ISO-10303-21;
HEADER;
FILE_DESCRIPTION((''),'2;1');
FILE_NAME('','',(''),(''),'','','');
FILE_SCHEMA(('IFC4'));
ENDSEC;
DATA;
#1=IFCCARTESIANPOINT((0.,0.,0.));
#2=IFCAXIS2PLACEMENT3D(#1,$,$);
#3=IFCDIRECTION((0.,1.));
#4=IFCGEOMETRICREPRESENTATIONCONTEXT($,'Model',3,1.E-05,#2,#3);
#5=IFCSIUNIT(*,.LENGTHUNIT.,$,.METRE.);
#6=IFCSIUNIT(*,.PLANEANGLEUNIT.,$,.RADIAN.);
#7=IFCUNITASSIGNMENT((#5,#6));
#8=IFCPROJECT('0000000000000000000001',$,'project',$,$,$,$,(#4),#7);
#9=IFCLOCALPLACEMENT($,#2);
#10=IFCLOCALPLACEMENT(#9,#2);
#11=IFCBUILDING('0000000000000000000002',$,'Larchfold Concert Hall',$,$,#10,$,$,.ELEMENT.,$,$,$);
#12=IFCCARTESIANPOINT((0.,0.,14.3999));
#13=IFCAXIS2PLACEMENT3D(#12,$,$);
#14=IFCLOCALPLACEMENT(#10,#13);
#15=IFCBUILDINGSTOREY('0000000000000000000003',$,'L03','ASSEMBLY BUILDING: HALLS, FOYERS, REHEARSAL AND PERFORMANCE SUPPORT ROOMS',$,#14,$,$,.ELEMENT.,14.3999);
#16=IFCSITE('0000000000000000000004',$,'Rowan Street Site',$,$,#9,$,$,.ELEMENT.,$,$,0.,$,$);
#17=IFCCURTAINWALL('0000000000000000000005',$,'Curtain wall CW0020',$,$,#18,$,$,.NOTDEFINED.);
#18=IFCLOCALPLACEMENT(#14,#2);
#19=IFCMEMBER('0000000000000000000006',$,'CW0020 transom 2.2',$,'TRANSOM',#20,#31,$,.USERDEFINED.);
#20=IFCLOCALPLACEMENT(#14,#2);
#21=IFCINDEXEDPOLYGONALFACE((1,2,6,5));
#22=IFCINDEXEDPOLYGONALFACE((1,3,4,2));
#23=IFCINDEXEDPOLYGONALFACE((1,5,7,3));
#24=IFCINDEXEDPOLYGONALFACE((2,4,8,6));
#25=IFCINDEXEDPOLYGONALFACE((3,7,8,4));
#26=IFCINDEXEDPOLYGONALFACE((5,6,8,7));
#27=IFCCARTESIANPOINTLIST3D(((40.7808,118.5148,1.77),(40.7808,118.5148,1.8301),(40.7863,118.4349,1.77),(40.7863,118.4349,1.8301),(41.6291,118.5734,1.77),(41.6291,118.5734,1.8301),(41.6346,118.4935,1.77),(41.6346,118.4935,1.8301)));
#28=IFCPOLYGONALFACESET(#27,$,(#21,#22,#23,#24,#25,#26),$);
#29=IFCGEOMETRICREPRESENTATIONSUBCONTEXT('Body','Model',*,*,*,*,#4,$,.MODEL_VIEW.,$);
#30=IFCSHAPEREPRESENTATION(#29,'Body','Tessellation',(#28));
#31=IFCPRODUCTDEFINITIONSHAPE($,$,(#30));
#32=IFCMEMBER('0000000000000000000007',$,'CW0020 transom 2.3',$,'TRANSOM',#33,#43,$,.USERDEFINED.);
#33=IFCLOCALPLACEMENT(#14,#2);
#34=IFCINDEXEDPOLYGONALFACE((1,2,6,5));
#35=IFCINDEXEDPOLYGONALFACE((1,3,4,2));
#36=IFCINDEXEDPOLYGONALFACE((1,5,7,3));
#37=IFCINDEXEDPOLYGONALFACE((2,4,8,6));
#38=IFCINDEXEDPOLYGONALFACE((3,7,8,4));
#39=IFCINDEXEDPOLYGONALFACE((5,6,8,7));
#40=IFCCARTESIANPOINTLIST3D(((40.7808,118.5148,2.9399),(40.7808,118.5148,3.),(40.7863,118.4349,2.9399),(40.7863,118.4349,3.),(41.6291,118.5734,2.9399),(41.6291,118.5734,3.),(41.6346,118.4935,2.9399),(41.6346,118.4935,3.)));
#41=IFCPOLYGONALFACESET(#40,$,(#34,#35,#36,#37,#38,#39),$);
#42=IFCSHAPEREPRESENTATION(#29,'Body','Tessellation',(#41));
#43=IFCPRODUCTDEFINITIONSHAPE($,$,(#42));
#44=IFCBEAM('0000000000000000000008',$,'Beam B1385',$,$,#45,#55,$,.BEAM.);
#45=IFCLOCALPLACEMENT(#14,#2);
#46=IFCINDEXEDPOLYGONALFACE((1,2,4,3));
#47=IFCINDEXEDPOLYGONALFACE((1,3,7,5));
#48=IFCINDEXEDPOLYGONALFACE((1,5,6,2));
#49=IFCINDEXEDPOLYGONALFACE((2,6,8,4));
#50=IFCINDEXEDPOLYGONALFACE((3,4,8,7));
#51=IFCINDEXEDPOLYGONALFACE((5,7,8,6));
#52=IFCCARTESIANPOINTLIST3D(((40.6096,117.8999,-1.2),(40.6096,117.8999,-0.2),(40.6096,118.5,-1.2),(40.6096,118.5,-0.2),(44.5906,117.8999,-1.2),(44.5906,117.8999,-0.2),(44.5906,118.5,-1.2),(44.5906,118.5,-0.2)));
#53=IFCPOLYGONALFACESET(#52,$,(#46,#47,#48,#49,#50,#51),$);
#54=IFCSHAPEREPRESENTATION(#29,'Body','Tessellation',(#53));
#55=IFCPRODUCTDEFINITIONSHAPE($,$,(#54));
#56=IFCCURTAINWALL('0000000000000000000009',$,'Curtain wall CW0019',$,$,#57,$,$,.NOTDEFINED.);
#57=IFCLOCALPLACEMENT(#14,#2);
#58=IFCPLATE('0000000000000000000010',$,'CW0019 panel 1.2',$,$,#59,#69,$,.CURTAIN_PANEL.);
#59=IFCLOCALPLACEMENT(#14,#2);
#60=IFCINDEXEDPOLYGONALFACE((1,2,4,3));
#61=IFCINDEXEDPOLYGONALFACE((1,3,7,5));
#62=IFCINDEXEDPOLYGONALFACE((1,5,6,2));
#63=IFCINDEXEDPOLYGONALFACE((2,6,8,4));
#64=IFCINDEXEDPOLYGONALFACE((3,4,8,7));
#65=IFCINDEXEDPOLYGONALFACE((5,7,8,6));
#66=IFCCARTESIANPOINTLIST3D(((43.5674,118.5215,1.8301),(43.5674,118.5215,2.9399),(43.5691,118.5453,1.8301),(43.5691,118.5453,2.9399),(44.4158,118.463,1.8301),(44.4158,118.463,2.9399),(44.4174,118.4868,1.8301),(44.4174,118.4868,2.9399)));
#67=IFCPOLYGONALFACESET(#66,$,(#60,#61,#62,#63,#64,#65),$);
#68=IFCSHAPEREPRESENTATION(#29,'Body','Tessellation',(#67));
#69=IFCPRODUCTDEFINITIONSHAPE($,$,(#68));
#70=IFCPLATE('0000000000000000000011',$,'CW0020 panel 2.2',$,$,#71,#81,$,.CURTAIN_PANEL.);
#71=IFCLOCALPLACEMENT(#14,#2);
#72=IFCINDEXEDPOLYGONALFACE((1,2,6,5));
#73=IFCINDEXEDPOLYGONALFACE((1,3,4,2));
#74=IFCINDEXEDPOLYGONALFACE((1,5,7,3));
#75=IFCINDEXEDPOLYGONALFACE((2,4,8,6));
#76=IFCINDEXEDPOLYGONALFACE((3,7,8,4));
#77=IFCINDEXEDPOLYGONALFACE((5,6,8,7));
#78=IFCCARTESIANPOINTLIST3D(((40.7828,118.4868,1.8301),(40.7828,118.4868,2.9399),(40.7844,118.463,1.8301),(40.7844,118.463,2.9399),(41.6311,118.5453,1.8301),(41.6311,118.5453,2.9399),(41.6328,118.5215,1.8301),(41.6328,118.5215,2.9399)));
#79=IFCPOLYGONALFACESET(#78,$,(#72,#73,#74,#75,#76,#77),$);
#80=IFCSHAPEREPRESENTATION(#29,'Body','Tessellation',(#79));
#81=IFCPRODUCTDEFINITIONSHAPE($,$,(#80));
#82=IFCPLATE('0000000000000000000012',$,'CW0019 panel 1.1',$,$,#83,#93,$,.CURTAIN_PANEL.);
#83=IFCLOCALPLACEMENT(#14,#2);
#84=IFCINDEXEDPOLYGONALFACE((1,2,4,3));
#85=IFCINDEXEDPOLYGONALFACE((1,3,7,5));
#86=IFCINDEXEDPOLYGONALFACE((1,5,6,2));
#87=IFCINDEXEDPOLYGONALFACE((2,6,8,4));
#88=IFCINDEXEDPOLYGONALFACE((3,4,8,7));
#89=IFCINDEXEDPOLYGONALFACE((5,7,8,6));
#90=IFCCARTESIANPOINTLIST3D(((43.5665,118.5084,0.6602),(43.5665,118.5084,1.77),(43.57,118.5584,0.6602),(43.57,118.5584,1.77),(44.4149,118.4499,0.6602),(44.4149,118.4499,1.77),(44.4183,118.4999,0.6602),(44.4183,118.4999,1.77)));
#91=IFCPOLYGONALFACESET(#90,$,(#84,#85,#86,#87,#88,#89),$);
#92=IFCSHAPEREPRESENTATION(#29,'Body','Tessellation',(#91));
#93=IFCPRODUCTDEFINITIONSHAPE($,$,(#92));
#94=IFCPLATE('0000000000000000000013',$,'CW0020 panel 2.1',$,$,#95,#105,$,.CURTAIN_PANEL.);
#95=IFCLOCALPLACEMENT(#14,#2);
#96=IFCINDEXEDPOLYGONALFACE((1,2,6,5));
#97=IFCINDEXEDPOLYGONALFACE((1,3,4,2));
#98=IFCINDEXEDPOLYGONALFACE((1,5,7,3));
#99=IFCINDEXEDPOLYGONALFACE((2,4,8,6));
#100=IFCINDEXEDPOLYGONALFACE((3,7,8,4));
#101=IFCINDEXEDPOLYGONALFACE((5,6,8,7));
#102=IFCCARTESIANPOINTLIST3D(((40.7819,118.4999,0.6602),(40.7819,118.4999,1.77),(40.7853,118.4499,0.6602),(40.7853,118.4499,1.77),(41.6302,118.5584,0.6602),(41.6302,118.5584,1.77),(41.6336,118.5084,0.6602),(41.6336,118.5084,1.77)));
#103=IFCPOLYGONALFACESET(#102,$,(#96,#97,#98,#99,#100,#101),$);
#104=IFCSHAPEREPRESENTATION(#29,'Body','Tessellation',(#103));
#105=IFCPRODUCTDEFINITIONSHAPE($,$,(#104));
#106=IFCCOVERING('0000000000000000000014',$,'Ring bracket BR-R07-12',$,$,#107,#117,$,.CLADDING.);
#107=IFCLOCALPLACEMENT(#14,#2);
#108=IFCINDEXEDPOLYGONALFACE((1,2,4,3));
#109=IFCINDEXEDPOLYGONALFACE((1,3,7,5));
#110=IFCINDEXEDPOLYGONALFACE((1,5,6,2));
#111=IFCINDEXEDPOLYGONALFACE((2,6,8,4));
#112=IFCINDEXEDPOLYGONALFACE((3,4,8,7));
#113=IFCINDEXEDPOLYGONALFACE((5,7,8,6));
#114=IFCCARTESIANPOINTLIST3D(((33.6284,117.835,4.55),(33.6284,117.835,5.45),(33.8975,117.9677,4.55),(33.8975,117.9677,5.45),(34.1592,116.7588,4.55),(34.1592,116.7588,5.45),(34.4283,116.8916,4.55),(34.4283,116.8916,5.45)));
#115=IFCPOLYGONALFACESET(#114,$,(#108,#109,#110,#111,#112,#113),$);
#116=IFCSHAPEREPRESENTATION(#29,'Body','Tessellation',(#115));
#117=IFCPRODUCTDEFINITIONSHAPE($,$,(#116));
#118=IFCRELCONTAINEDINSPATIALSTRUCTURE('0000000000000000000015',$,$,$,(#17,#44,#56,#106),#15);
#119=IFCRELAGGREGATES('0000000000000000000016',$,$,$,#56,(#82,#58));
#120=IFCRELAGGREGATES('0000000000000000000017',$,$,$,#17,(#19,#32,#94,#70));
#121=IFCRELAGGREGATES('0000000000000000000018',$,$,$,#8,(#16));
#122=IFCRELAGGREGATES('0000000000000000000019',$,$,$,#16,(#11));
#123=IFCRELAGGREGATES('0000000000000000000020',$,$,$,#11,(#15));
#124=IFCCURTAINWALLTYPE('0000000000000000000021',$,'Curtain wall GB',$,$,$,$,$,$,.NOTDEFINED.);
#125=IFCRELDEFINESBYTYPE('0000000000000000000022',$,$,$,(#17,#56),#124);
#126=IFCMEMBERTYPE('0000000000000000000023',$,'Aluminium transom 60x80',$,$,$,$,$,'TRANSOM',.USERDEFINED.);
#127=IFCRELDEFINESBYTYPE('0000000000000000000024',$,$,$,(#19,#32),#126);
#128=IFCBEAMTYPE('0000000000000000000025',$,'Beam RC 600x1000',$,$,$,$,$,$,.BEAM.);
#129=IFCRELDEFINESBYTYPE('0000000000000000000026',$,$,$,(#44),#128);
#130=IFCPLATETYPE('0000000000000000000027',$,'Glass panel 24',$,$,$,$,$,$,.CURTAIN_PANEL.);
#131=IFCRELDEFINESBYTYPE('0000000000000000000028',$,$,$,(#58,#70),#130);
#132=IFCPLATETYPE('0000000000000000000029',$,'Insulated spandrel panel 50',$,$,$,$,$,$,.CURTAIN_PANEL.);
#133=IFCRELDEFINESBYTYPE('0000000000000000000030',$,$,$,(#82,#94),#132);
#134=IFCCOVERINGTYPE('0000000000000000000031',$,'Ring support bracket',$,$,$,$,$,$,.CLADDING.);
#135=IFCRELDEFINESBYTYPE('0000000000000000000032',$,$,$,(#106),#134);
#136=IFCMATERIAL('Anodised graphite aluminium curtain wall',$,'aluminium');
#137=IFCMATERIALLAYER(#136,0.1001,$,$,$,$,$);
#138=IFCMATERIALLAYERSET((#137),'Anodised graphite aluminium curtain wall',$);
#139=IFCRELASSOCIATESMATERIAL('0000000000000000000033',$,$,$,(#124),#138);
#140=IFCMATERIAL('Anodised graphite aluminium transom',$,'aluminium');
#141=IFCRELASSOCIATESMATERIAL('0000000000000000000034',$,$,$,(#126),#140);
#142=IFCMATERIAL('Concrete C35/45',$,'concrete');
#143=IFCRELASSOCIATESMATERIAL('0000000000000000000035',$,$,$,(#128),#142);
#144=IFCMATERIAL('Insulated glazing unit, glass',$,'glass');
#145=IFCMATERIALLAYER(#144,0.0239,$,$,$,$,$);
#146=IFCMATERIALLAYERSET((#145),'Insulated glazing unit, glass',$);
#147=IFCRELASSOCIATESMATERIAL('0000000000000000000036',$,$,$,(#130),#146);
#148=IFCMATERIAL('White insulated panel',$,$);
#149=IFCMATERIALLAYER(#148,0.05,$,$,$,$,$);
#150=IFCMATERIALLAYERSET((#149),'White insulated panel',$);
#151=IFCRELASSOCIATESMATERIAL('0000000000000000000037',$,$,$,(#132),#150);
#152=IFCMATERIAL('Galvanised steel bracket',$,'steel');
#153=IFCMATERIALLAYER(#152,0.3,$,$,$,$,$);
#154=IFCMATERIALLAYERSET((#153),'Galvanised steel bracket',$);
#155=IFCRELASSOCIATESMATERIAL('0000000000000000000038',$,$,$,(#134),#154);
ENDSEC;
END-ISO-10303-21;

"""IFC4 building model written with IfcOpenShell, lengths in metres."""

from ifc_helpers import new_model, si_unit, direction, frame, origin, origin_2d, place, context, subcontext, project, spatial, rectangle, extrude, material, layer, layer_set, material_profile, profile_set, type_object, element, aggregate, save


model = new_model("IFC4")

# Units and contexts
model_context = context("Model", 3, precision=1e-05, world=origin(), true_north=direction((0.0, 1.0)))
body_context = subcontext(model_context, "Body", "Model", "MODEL_VIEW")
ifc_project = project(units=[si_unit("LENGTHUNIT", "METRE"), si_unit("PLANEANGLEUNIT", "RADIAN")], contexts=[model_context])

# Site, building, storey
site_placement = place(None, origin())
site = spatial("IfcSite", under=ifc_project, at=site_placement, Name="Rowan Street Site", CompositionType="ELEMENT", RefElevation=0.0)
building_placement = place(site_placement, origin())
building = spatial("IfcBuilding", under=site, at=building_placement, Name="Larchfold Concert Hall", CompositionType="ELEMENT")
storey_placement = place(building_placement, frame((0.0, 0.0, 14.3999)))
storey = spatial("IfcBuildingStorey", under=building, at=storey_placement, Name="L03", Description="ASSEMBLY BUILDING: HALLS, FOYERS, REHEARSAL AND PERFORMANCE SUPPORT ROOMS", CompositionType="ELEMENT", Elevation=14.3999)

# Curtain wall
ifc_material_1 = material(Name="Anodised graphite aluminium curtain wall", Category="aluminium")
ifc_layer_1 = layer(ifc_material_1, 0.1001)
ifc_layer_set_1 = layer_set([ifc_layer_1], Name="Anodised graphite aluminium curtain wall")
curtain_wall_type = type_object("IfcCurtainWallType", Name="Curtain wall GB", PredefinedType="NOTDEFINED", material=ifc_layer_set_1)
curtain_wall_1_placement = place(storey_placement, origin())
curtain_wall_1 = element("IfcCurtainWall", 1, at=curtain_wall_1_placement, inside=storey, type_object=curtain_wall_type, Name="Curtain wall CW0020", PredefinedType="NOTDEFINED")

# Members
ifc_material_2 = material(Name="Anodised graphite aluminium transom", Category="aluminium")
ifc_material_profile_1 = material_profile(ifc_material_2, rectangle(XDim=0.0801, YDim=0.0601, at=origin_2d()))
ifc_profile_set_1 = profile_set([ifc_material_profile_1], Name="Anodised graphite aluminium transom")
member_type_1 = type_object("IfcMemberType", Name="Aluminium transom 60x80", ElementType="TRANSOM", PredefinedType="USERDEFINED", material=ifc_profile_set_1)
member_1_placement = place(storey_placement, frame((41.6318, 118.5334, 1.8), z_axis=(-0.997624, -0.068901, 0.0), x_axis=(0.068901, -0.997624, 0.0)))
member_1 = element("IfcMember", 2, at=member_1_placement, type_object=member_type_1, Name="CW0020 transom 2.2", ObjectType="TRANSOM", PredefinedType="USERDEFINED", context=body_context, shape_type="SweptSolid", body=[
    extrude(rectangle(XDim=0.0801, YDim=0.0601, at=origin_2d()), origin(), (0.0, 0.0, 1.0), 0.8503),
])
member_2_placement = place(storey_placement, frame((41.6318, 118.5334, 2.97), z_axis=(-0.997624, -0.068901, 0.0), x_axis=(0.068901, -0.997624, 0.0)))
member_2 = element("IfcMember", 3, at=member_2_placement, type_object=member_type_1, Name="CW0020 transom 2.3", ObjectType="TRANSOM", PredefinedType="USERDEFINED", context=body_context, shape_type="SweptSolid", body=[
    extrude(rectangle(XDim=0.0801, YDim=0.0601, at=origin_2d()), origin(), (0.0, 0.0, 1.0), 0.8503),
])

# Beam
ifc_material_3 = material(Name="Concrete C35/45", Category="concrete")
ifc_material_profile_2 = material_profile(ifc_material_3, rectangle(XDim=0.6001, YDim=1.0, at=origin_2d()))
ifc_profile_set_2 = profile_set([ifc_material_profile_2], Name="Concrete C35/45")
beam_type = type_object("IfcBeamType", Name="Beam RC 600x1000", PredefinedType="BEAM", material=ifc_profile_set_2)
beam_placement = place(storey_placement, frame((40.6096, 118.2, -0.7), z_axis=(1.0, 0.0, 0.0), x_axis=(0.0, 1.0, 0.0)))
element("IfcBeam", 4, at=beam_placement, inside=storey, type_object=beam_type, Name="Beam B1385", PredefinedType="BEAM", context=body_context, shape_type="SweptSolid", body=[
    extrude(rectangle(XDim=0.6001, YDim=1.0, at=origin_2d()), origin(), (0.0, 0.0, 1.0), 3.981),
])

# Curtain wall, plate
curtain_wall_2_placement = place(storey_placement, origin())
curtain_wall_2 = element("IfcCurtainWall", 5, at=curtain_wall_2_placement, inside=storey, type_object=curtain_wall_type, Name="Curtain wall CW0019", PredefinedType="NOTDEFINED")
ifc_material_4 = material(Name="Insulated glazing unit, glass", Category="glass")
ifc_layer_2 = layer(ifc_material_4, 0.0239)
ifc_layer_set_2 = layer_set([ifc_layer_2], Name="Insulated glazing unit, glass")
plate_type_1 = type_object("IfcPlateType", Name="Glass panel 24", PredefinedType="CURTAIN_PANEL", material=ifc_layer_set_2)
plate_1_placement = place(storey_placement, frame((43.9924, 118.5042, 1.8301), z_axis=(0.0, 0.0, 1.0), x_axis=(-0.997631, 0.068793, 0.0)))
plate_1 = element("IfcPlate", 6, at=plate_1_placement, type_object=plate_type_1, Name="CW0019 panel 1.2", PredefinedType="CURTAIN_PANEL", context=body_context, shape_type="SweptSolid", body=[
    extrude(rectangle(XDim=0.8503, YDim=0.0239, at=origin_2d()), origin(), (0.0, 0.0, 1.0), 1.1099),
])

# Plates
plate_2_placement = place(storey_placement, frame((41.2078, 118.5042, 1.8301), z_axis=(0.0, 0.0, 1.0), x_axis=(-0.997631, -0.068793, 0.0)))
plate_2 = element("IfcPlate", 7, at=plate_2_placement, type_object=plate_type_1, Name="CW0020 panel 2.2", PredefinedType="CURTAIN_PANEL", context=body_context, shape_type="SweptSolid", body=[
    extrude(rectangle(XDim=0.8503, YDim=0.0239, at=origin_2d()), origin(), (0.0, 0.0, 1.0), 1.1099),
])
ifc_material_5 = material(Name="White insulated panel")
ifc_layer_3 = layer(ifc_material_5, 0.05)
ifc_layer_set_3 = layer_set([ifc_layer_3], Name="White insulated panel")
plate_type_2 = type_object("IfcPlateType", Name="Insulated spandrel panel 50", PredefinedType="CURTAIN_PANEL", material=ifc_layer_set_3)
plate_3_placement = place(storey_placement, frame((43.9924, 118.5042, 0.6602), z_axis=(0.0, 0.0, 1.0), x_axis=(-0.997631, 0.068793, 0.0)))
plate_3 = element("IfcPlate", 8, at=plate_3_placement, type_object=plate_type_2, Name="CW0019 panel 1.1", PredefinedType="CURTAIN_PANEL", context=body_context, shape_type="SweptSolid", body=[
    extrude(rectangle(XDim=0.8503, YDim=0.05, at=origin_2d()), origin(), (0.0, 0.0, 1.0), 1.1099),
])
aggregate(curtain_wall_2, [plate_3, plate_1])
plate_4_placement = place(storey_placement, frame((41.2078, 118.5042, 0.6602), z_axis=(0.0, 0.0, 1.0), x_axis=(-0.997631, -0.068793, 0.0)))
plate_4 = element("IfcPlate", 9, at=plate_4_placement, type_object=plate_type_2, Name="CW0020 panel 2.1", PredefinedType="CURTAIN_PANEL", context=body_context, shape_type="SweptSolid", body=[
    extrude(rectangle(XDim=0.8503, YDim=0.05, at=origin_2d()), origin(), (0.0, 0.0, 1.0), 1.1099),
])
aggregate(curtain_wall_1, [member_1, member_2, plate_4, plate_2])

# Covering
ifc_material_6 = material(Name="Galvanised steel bracket", Category="steel")
ifc_layer_4 = layer(ifc_material_6, 0.3)
ifc_layer_set_4 = layer_set([ifc_layer_4], Name="Galvanised steel bracket")
covering_type = type_object("IfcCoveringType", Name="Ring support bracket", PredefinedType="CLADDING", material=ifc_layer_set_4)
covering_placement = place(storey_placement, frame((34.0283, 117.3633, 4.55), z_axis=(0.0, 0.0, 1.0), x_axis=(-0.442369, 0.896833, 0.0)))
element("IfcCovering", 10, at=covering_placement, inside=storey, type_object=covering_type, Name="Ring bracket BR-R07-12", PredefinedType="CLADDING", context=body_context, shape_type="SweptSolid", body=[
    extrude(rectangle(XDim=1.2, YDim=0.3, at=origin_2d()), origin(), (0.0, 0.0, 1.0), 0.8999),
])

save(model, "model.ifc")
